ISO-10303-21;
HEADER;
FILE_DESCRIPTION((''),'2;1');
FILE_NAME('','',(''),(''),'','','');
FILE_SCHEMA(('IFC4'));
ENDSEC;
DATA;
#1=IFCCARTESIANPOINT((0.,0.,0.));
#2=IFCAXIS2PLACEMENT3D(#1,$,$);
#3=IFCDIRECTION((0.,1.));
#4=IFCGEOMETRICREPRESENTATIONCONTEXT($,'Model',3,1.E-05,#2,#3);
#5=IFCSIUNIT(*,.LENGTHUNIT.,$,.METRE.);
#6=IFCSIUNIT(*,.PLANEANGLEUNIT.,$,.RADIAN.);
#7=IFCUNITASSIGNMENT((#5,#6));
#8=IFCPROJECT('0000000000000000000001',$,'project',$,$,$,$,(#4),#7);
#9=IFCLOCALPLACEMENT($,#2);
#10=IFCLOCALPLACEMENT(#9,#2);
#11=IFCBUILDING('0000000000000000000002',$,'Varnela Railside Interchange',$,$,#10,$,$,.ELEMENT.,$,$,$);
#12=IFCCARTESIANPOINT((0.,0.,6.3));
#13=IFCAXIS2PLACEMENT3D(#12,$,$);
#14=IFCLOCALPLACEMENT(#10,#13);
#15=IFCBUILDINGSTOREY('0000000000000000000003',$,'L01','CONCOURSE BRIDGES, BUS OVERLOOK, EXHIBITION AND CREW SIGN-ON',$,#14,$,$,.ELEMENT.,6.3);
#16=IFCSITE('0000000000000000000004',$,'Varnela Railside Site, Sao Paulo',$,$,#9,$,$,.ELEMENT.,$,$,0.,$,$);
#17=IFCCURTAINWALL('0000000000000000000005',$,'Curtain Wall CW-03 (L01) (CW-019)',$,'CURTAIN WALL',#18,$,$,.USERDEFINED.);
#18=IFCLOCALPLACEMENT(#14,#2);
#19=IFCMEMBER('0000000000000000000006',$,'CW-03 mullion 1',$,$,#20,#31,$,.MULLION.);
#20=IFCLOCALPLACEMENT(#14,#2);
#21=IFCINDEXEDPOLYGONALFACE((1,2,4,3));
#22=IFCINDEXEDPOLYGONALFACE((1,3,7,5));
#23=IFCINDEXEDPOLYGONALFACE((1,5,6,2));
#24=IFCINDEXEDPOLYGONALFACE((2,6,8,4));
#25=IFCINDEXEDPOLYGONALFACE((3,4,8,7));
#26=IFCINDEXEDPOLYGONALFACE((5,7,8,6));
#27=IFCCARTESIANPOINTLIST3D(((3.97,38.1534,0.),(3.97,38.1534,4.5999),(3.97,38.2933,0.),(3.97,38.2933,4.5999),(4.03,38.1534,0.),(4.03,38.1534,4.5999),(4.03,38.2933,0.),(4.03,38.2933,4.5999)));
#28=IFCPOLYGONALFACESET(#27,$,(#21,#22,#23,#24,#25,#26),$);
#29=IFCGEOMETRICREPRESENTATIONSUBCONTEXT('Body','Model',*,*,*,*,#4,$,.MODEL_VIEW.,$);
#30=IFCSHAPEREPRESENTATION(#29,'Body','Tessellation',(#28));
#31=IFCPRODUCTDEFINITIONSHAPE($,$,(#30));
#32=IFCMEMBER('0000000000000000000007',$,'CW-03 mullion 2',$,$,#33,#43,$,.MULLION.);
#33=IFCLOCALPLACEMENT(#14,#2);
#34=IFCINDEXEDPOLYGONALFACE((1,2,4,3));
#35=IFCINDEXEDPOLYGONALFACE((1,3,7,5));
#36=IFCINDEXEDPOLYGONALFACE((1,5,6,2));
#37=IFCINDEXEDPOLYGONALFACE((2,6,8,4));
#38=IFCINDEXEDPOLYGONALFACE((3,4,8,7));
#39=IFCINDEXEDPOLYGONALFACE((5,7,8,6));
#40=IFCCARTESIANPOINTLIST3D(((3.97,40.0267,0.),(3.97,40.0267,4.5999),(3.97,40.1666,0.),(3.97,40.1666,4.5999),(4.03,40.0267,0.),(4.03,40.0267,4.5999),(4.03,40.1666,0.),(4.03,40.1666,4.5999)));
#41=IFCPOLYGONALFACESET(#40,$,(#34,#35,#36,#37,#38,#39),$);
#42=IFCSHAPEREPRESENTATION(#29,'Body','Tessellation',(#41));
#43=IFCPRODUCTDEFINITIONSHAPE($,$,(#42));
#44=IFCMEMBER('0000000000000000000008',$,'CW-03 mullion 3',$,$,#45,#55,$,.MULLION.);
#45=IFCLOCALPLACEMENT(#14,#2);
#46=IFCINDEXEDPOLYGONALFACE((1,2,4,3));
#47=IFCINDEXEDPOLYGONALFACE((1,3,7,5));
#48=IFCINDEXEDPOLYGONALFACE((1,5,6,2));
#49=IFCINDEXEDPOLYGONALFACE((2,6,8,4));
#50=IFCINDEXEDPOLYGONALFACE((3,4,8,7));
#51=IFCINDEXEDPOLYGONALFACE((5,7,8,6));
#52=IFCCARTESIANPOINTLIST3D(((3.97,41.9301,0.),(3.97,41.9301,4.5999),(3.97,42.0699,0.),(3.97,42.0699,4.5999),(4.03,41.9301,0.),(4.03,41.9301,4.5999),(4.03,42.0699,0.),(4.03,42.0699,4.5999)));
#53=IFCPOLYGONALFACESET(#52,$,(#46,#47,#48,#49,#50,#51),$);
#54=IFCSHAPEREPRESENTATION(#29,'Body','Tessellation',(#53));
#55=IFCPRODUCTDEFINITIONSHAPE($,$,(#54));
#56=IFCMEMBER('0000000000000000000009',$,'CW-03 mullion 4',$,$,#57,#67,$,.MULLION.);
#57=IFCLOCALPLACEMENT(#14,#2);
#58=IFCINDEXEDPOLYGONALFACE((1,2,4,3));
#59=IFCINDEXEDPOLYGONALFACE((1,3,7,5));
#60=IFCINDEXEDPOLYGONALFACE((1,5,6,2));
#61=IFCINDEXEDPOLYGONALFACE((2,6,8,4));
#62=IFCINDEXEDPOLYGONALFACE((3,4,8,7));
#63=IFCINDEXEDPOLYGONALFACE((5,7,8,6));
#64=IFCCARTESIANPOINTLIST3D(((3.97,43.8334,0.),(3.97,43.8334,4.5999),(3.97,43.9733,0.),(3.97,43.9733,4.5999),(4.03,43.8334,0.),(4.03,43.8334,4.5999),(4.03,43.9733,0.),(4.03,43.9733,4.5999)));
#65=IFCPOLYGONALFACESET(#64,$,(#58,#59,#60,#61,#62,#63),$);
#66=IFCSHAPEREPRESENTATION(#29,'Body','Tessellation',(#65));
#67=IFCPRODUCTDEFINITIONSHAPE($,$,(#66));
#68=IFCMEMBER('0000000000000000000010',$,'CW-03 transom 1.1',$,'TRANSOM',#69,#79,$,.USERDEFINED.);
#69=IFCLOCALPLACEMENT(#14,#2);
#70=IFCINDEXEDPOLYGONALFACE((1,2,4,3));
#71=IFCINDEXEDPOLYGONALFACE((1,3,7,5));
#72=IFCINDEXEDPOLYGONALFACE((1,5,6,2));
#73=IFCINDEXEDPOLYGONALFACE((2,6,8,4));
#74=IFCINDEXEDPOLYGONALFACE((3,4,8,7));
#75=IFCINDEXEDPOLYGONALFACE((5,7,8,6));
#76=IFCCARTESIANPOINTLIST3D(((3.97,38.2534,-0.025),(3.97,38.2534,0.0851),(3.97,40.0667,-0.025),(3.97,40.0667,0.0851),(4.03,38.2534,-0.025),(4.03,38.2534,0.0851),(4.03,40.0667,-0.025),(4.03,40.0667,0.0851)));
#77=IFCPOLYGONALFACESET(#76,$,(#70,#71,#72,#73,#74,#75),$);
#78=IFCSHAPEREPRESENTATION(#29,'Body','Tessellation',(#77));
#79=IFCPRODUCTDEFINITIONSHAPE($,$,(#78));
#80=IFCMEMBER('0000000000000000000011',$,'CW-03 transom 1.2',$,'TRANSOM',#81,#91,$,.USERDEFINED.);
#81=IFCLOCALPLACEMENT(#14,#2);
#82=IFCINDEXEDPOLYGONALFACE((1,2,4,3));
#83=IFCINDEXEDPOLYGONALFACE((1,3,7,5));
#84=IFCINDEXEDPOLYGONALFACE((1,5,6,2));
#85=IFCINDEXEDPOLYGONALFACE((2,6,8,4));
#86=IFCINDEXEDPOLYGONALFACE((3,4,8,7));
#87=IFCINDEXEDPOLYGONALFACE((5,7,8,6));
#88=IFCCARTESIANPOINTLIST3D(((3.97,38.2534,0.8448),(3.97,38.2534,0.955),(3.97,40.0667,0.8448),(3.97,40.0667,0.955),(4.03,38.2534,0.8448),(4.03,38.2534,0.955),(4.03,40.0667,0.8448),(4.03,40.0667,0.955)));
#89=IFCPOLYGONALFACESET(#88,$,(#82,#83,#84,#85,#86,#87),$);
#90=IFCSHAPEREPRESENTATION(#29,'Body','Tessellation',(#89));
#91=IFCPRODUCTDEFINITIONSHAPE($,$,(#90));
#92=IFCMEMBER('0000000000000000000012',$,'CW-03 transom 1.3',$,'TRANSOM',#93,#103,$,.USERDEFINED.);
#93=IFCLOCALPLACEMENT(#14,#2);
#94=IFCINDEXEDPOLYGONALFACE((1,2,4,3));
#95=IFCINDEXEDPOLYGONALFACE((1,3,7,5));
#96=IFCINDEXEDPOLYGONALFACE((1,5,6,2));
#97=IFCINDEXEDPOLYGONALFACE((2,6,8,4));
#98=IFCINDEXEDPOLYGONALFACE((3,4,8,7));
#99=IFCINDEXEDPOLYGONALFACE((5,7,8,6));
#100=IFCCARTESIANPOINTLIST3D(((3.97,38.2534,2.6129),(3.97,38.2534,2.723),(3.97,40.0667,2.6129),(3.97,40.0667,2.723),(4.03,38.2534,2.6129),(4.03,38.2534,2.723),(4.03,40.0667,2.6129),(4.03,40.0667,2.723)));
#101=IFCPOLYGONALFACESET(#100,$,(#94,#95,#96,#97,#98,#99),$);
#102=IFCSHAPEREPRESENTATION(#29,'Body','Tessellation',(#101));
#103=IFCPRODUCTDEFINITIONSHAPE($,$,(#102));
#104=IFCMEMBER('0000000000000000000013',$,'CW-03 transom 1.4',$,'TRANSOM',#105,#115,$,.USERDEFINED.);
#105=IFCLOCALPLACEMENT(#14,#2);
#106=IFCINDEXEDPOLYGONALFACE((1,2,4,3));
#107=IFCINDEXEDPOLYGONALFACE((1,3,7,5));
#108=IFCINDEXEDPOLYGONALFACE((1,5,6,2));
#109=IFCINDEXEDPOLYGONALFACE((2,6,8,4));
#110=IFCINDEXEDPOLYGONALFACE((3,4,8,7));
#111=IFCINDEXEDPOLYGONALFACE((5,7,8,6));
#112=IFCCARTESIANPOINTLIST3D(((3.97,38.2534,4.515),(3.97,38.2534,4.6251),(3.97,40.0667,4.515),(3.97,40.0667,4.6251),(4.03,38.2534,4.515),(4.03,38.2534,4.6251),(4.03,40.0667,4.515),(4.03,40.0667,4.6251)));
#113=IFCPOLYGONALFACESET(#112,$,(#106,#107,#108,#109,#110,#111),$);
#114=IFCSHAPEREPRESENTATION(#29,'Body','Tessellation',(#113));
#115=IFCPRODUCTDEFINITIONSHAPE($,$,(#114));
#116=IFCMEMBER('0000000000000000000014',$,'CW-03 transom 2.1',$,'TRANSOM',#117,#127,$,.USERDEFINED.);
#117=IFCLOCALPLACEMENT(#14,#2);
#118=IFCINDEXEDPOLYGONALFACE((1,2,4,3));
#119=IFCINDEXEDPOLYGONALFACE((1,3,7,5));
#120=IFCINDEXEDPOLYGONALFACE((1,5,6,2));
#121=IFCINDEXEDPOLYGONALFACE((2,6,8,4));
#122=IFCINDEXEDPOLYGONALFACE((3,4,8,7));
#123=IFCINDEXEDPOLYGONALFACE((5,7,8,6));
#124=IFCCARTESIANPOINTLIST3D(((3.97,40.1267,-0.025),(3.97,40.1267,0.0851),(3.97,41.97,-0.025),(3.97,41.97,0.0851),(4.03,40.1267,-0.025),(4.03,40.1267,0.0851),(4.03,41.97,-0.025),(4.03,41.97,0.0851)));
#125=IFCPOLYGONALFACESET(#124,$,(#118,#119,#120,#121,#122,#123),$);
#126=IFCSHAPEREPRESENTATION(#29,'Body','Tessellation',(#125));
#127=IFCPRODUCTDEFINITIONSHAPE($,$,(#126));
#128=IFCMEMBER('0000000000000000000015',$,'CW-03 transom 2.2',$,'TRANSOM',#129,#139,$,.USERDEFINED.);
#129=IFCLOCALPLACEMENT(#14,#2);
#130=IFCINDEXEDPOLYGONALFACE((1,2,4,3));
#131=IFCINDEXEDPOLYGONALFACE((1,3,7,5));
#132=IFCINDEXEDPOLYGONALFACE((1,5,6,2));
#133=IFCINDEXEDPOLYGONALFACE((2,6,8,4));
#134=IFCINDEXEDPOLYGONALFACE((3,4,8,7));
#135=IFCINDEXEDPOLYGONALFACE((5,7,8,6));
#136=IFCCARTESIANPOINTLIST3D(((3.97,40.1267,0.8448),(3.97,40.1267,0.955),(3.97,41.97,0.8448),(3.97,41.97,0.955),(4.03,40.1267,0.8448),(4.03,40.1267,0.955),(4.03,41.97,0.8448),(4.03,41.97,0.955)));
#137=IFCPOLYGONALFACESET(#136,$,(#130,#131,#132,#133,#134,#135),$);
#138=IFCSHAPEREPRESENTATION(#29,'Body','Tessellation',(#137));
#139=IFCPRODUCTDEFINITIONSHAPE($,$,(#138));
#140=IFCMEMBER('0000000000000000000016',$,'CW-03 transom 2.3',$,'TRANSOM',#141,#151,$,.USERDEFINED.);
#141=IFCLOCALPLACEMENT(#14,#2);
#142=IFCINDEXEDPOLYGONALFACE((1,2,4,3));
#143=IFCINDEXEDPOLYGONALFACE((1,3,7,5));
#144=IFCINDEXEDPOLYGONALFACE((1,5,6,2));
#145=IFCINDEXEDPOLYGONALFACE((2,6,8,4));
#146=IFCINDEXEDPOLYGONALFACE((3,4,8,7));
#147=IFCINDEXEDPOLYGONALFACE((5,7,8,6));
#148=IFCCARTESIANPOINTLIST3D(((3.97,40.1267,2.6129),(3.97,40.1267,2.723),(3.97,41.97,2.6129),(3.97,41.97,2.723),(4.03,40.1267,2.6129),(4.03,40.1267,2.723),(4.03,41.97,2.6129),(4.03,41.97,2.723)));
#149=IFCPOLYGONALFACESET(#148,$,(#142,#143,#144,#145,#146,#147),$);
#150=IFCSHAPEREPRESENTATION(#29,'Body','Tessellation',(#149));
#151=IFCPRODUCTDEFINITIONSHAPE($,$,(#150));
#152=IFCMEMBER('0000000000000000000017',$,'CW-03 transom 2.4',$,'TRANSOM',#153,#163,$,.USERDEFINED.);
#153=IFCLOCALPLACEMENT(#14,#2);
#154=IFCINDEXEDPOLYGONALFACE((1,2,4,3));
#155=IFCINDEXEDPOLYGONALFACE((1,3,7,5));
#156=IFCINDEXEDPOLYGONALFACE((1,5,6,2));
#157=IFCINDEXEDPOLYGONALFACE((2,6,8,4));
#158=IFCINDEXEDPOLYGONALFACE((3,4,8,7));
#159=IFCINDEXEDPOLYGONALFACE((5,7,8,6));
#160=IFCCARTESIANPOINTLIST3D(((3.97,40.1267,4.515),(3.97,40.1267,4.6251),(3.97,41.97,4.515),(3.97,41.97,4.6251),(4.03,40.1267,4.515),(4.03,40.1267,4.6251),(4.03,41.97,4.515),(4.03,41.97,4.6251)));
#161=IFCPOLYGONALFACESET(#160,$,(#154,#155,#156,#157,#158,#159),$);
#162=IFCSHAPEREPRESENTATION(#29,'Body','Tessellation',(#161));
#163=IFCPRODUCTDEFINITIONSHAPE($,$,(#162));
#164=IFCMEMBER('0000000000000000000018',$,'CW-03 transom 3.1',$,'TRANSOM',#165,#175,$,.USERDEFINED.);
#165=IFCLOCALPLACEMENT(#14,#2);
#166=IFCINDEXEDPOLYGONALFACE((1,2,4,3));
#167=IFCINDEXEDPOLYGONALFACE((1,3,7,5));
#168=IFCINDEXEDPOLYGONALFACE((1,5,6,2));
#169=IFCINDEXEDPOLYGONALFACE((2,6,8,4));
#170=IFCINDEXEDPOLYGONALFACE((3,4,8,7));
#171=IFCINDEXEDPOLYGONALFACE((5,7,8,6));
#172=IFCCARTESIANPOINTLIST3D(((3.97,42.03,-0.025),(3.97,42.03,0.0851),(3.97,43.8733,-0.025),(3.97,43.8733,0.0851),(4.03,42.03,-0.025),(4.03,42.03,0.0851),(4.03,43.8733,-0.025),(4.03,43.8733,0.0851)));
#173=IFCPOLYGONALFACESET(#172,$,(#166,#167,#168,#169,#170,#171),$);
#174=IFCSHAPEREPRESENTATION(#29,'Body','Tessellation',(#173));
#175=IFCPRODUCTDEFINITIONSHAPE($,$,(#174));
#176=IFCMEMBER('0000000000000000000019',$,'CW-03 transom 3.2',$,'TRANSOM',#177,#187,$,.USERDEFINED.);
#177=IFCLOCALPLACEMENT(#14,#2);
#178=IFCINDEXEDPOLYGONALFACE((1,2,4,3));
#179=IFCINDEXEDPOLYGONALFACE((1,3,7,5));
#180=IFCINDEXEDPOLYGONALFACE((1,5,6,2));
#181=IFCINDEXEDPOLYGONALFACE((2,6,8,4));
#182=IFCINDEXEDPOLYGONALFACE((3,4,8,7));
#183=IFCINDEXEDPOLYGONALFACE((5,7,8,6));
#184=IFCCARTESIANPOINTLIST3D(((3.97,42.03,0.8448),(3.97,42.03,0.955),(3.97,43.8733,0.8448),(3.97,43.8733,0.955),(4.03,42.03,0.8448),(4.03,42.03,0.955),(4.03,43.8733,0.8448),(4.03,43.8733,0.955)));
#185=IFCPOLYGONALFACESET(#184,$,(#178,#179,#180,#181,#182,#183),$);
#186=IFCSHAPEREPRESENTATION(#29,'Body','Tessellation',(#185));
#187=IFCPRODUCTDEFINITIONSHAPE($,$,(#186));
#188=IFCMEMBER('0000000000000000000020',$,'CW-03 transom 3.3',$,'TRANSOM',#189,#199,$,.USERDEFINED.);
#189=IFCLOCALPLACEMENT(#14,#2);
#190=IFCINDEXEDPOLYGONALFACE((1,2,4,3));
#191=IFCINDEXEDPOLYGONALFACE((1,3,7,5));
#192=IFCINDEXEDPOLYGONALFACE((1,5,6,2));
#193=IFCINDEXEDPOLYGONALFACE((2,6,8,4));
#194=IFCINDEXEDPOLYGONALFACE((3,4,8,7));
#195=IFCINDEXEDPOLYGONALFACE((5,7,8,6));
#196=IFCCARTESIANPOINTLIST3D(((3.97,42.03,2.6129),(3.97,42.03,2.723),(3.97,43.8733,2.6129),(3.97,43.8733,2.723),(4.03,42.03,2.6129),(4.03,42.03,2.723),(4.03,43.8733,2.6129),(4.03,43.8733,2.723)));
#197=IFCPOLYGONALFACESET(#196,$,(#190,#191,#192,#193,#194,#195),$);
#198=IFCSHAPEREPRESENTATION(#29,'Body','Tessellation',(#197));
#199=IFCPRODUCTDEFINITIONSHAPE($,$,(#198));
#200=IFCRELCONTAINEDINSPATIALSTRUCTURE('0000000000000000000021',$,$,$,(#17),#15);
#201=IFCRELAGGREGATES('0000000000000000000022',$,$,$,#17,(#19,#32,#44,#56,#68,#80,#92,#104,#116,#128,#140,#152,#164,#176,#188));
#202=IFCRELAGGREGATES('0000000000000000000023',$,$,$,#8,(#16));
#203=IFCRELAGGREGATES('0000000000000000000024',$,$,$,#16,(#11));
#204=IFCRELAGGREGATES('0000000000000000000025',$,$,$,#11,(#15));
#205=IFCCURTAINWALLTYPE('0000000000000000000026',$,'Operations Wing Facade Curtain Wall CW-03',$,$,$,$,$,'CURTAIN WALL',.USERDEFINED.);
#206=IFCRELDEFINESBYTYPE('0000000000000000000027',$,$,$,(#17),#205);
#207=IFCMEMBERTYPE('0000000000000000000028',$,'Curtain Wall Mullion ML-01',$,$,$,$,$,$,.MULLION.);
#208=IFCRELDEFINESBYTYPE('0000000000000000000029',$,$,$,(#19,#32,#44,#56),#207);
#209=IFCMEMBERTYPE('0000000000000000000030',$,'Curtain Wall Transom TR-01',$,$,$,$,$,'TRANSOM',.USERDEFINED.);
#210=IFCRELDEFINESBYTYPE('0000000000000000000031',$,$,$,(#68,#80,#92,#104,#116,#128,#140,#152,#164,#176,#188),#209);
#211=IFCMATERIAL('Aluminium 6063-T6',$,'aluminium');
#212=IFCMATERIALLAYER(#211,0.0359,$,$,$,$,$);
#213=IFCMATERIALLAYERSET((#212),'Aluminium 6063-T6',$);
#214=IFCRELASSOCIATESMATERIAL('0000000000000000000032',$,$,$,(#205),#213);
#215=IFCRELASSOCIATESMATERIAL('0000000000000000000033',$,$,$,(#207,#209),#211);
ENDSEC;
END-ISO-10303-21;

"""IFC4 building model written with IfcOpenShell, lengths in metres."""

from ifc_helpers import new_model, si_unit, direction, frame, origin, origin_2d, place, context, subcontext, project, spatial, rectangle, extrude, material, layer, layer_set, material_profile, profile_set, type_object, element, aggregate, save


model = new_model("IFC4")

# Units and contexts
model_context = context("Model", 3, precision=1e-05, world=origin(), true_north=direction((0.0, 1.0)))
body_context = subcontext(model_context, "Body", "Model", "MODEL_VIEW")
ifc_project = project(units=[si_unit("LENGTHUNIT", "METRE"), si_unit("PLANEANGLEUNIT", "RADIAN")], contexts=[model_context])

# Site, building, storey
site_placement = place(None, origin())
site = spatial("IfcSite", under=ifc_project, at=site_placement, Name="Varnela Railside Site, Sao Paulo", CompositionType="ELEMENT", RefElevation=0.0)
building_placement = place(site_placement, origin())
building = spatial("IfcBuilding", under=site, at=building_placement, Name="Varnela Railside Interchange", CompositionType="ELEMENT")
storey_placement = place(building_placement, frame((0.0, 0.0, 6.3)))
storey = spatial("IfcBuildingStorey", under=building, at=storey_placement, Name="L01", Description="CONCOURSE BRIDGES, BUS OVERLOOK, EXHIBITION AND CREW SIGN-ON", CompositionType="ELEMENT", Elevation=6.3)

# Curtain wall, members
ifc_material_1 = material(Name="Aluminium 6063-T6", Category="aluminium")
ifc_layer_1 = layer(ifc_material_1, 0.0359)
ifc_layer_set_1 = layer_set([ifc_layer_1], Name="Aluminium 6063-T6")
curtain_wall_type = type_object("IfcCurtainWallType", Name="Operations Wing Facade Curtain Wall CW-03", ElementType="CURTAIN WALL", PredefinedType="USERDEFINED", material=ifc_layer_set_1)
curtain_wall_placement = place(storey_placement, origin())
curtain_wall = element("IfcCurtainWall", 1, at=curtain_wall_placement, inside=storey, type_object=curtain_wall_type, Name="Curtain Wall CW-03 (L01) (CW-019)", ObjectType="CURTAIN WALL", PredefinedType="USERDEFINED")
ifc_material_profile_1 = material_profile(ifc_material_1, rectangle(XDim=0.0601, YDim=0.1399, at=origin_2d()), Name="ALU 60x140")
ifc_profile_set_1 = profile_set([ifc_material_profile_1], Name="Aluminium 6063-T6")
member_type_1 = type_object("IfcMemberType", Name="Curtain Wall Mullion ML-01", PredefinedType="MULLION", material=ifc_profile_set_1)
member_1_placement = place(storey_placement, frame((4.0, 38.2234, 0.0), z_axis=(0.0, 0.0, 1.0), x_axis=(-1.0, 0.0, 0.0)))
member_1 = element("IfcMember", 2, at=member_1_placement, type_object=member_type_1, Name="CW-03 mullion 1", PredefinedType="MULLION", context=body_context, shape_type="SweptSolid", body=[
    extrude(rectangle(XDim=0.0601, YDim=0.1399, at=origin_2d()), origin(), (0.0, 0.0, 1.0), 4.5999),
])
member_2_placement = place(storey_placement, frame((4.0, 40.0967, 0.0), z_axis=(0.0, 0.0, 1.0), x_axis=(-1.0, 0.0, 0.0)))
member_2 = element("IfcMember", 3, at=member_2_placement, type_object=member_type_1, Name="CW-03 mullion 2", PredefinedType="MULLION", context=body_context, shape_type="SweptSolid", body=[
    extrude(rectangle(XDim=0.0601, YDim=0.1399, at=origin_2d()), origin(), (0.0, 0.0, 1.0), 4.5999),
])
member_3_placement = place(storey_placement, frame((4.0, 42.0, 0.0), z_axis=(0.0, 0.0, 1.0), x_axis=(-1.0, 0.0, 0.0)))
member_3 = element("IfcMember", 4, at=member_3_placement, type_object=member_type_1, Name="CW-03 mullion 3", PredefinedType="MULLION", context=body_context, shape_type="SweptSolid", body=[
    extrude(rectangle(XDim=0.0601, YDim=0.1399, at=origin_2d()), origin(), (0.0, 0.0, 1.0), 4.5999),
])
member_4_placement = place(storey_placement, frame((4.0, 43.9033, 0.0), z_axis=(0.0, 0.0, 1.0), x_axis=(-1.0, 0.0, 0.0)))
member_4 = element("IfcMember", 5, at=member_4_placement, type_object=member_type_1, Name="CW-03 mullion 4", PredefinedType="MULLION", context=body_context, shape_type="SweptSolid", body=[
    extrude(rectangle(XDim=0.0601, YDim=0.1399, at=origin_2d()), origin(), (0.0, 0.0, 1.0), 4.5999),
])
ifc_material_profile_2 = material_profile(ifc_material_1, rectangle(XDim=0.0601, YDim=0.1101, at=origin_2d()), Name="ALU 60x110")
ifc_profile_set_2 = profile_set([ifc_material_profile_2], Name="Aluminium 6063-T6")
member_type_2 = type_object("IfcMemberType", Name="Curtain Wall Transom TR-01", ElementType="TRANSOM", PredefinedType="USERDEFINED", material=ifc_profile_set_2)
member_5_placement = place(storey_placement, frame((4.0, 38.2534, 0.03), z_axis=(0.0, 1.0, 0.0), x_axis=(-1.0, 0.0, 0.0)))
member_5 = element("IfcMember", 6, at=member_5_placement, type_object=member_type_2, Name="CW-03 transom 1.1", ObjectType="TRANSOM", PredefinedType="USERDEFINED", context=body_context, shape_type="SweptSolid", body=[
    extrude(rectangle(XDim=0.0601, YDim=0.1101, at=origin_2d()), origin(), (0.0, 0.0, 1.0), 1.8132),
])
member_6_placement = place(storey_placement, frame((4.0, 38.2534, 0.8999), z_axis=(0.0, 1.0, 0.0), x_axis=(-1.0, 0.0, 0.0)))
member_6 = element("IfcMember", 7, at=member_6_placement, type_object=member_type_2, Name="CW-03 transom 1.2", ObjectType="TRANSOM", PredefinedType="USERDEFINED", context=body_context, shape_type="SweptSolid", body=[
    extrude(rectangle(XDim=0.0601, YDim=0.1101, at=origin_2d()), origin(), (0.0, 0.0, 1.0), 1.8132),
])
member_7_placement = place(storey_placement, frame((4.0, 38.2534, 2.668), z_axis=(0.0, 1.0, 0.0), x_axis=(-1.0, 0.0, 0.0)))
member_7 = element("IfcMember", 8, at=member_7_placement, type_object=member_type_2, Name="CW-03 transom 1.3", ObjectType="TRANSOM", PredefinedType="USERDEFINED", context=body_context, shape_type="SweptSolid", body=[
    extrude(rectangle(XDim=0.0601, YDim=0.1101, at=origin_2d()), origin(), (0.0, 0.0, 1.0), 1.8132),
])
member_8_placement = place(storey_placement, frame((4.0, 38.2534, 4.5701), z_axis=(0.0, 1.0, 0.0), x_axis=(-1.0, 0.0, 0.0)))
member_8 = element("IfcMember", 9, at=member_8_placement, type_object=member_type_2, Name="CW-03 transom 1.4", ObjectType="TRANSOM", PredefinedType="USERDEFINED", context=body_context, shape_type="SweptSolid", body=[
    extrude(rectangle(XDim=0.0601, YDim=0.1101, at=origin_2d()), origin(), (0.0, 0.0, 1.0), 1.8132),
])
member_9_placement = place(storey_placement, frame((4.0, 40.1267, 0.03), z_axis=(0.0, 1.0, 0.0), x_axis=(-1.0, 0.0, 0.0)))
member_9 = element("IfcMember", 10, at=member_9_placement, type_object=member_type_2, Name="CW-03 transom 2.1", ObjectType="TRANSOM", PredefinedType="USERDEFINED", context=body_context, shape_type="SweptSolid", body=[
    extrude(rectangle(XDim=0.0601, YDim=0.1101, at=origin_2d()), origin(), (0.0, 0.0, 1.0), 1.8433),
])
member_10_placement = place(storey_placement, frame((4.0, 40.1267, 0.8999), z_axis=(0.0, 1.0, 0.0), x_axis=(-1.0, 0.0, 0.0)))
member_10 = element("IfcMember", 11, at=member_10_placement, type_object=member_type_2, Name="CW-03 transom 2.2", ObjectType="TRANSOM", PredefinedType="USERDEFINED", context=body_context, shape_type="SweptSolid", body=[
    extrude(rectangle(XDim=0.0601, YDim=0.1101, at=origin_2d()), origin(), (0.0, 0.0, 1.0), 1.8433),
])
member_11_placement = place(storey_placement, frame((4.0, 40.1267, 2.668), z_axis=(0.0, 1.0, 0.0), x_axis=(-1.0, 0.0, 0.0)))
member_11 = element("IfcMember", 12, at=member_11_placement, type_object=member_type_2, Name="CW-03 transom 2.3", ObjectType="TRANSOM", PredefinedType="USERDEFINED", context=body_context, shape_type="SweptSolid", body=[
    extrude(rectangle(XDim=0.0601, YDim=0.1101, at=origin_2d()), origin(), (0.0, 0.0, 1.0), 1.8433),
])
member_12_placement = place(storey_placement, frame((4.0, 40.1267, 4.5701), z_axis=(0.0, 1.0, 0.0), x_axis=(-1.0, 0.0, 0.0)))
member_12 = element("IfcMember", 13, at=member_12_placement, type_object=member_type_2, Name="CW-03 transom 2.4", ObjectType="TRANSOM", PredefinedType="USERDEFINED", context=body_context, shape_type="SweptSolid", body=[
    extrude(rectangle(XDim=0.0601, YDim=0.1101, at=origin_2d()), origin(), (0.0, 0.0, 1.0), 1.8433),
])
member_13_placement = place(storey_placement, frame((4.0, 42.03, 0.03), z_axis=(0.0, 1.0, 0.0), x_axis=(-1.0, 0.0, 0.0)))
member_13 = element("IfcMember", 14, at=member_13_placement, type_object=member_type_2, Name="CW-03 transom 3.1", ObjectType="TRANSOM", PredefinedType="USERDEFINED", context=body_context, shape_type="SweptSolid", body=[
    extrude(rectangle(XDim=0.0601, YDim=0.1101, at=origin_2d()), origin(), (0.0, 0.0, 1.0), 1.8433),
])
member_14_placement = place(storey_placement, frame((4.0, 42.03, 0.8999), z_axis=(0.0, 1.0, 0.0), x_axis=(-1.0, 0.0, 0.0)))
member_14 = element("IfcMember", 15, at=member_14_placement, type_object=member_type_2, Name="CW-03 transom 3.2", ObjectType="TRANSOM", PredefinedType="USERDEFINED", context=body_context, shape_type="SweptSolid", body=[
    extrude(rectangle(XDim=0.0601, YDim=0.1101, at=origin_2d()), origin(), (0.0, 0.0, 1.0), 1.8433),
])
member_15_placement = place(storey_placement, frame((4.0, 42.03, 2.668), z_axis=(0.0, 1.0, 0.0), x_axis=(-1.0, 0.0, 0.0)))
member_15 = element("IfcMember", 16, at=member_15_placement, type_object=member_type_2, Name="CW-03 transom 3.3", ObjectType="TRANSOM", PredefinedType="USERDEFINED", context=body_context, shape_type="SweptSolid", body=[
    extrude(rectangle(XDim=0.0601, YDim=0.1101, at=origin_2d()), origin(), (0.0, 0.0, 1.0), 1.8433),
])

aggregate(curtain_wall, [member_1, member_2, member_3, member_4, member_5, member_6, member_7, member_8, member_9, member_10, member_11, member_12, member_13, member_14, member_15])

save(model, "model.ifc")
